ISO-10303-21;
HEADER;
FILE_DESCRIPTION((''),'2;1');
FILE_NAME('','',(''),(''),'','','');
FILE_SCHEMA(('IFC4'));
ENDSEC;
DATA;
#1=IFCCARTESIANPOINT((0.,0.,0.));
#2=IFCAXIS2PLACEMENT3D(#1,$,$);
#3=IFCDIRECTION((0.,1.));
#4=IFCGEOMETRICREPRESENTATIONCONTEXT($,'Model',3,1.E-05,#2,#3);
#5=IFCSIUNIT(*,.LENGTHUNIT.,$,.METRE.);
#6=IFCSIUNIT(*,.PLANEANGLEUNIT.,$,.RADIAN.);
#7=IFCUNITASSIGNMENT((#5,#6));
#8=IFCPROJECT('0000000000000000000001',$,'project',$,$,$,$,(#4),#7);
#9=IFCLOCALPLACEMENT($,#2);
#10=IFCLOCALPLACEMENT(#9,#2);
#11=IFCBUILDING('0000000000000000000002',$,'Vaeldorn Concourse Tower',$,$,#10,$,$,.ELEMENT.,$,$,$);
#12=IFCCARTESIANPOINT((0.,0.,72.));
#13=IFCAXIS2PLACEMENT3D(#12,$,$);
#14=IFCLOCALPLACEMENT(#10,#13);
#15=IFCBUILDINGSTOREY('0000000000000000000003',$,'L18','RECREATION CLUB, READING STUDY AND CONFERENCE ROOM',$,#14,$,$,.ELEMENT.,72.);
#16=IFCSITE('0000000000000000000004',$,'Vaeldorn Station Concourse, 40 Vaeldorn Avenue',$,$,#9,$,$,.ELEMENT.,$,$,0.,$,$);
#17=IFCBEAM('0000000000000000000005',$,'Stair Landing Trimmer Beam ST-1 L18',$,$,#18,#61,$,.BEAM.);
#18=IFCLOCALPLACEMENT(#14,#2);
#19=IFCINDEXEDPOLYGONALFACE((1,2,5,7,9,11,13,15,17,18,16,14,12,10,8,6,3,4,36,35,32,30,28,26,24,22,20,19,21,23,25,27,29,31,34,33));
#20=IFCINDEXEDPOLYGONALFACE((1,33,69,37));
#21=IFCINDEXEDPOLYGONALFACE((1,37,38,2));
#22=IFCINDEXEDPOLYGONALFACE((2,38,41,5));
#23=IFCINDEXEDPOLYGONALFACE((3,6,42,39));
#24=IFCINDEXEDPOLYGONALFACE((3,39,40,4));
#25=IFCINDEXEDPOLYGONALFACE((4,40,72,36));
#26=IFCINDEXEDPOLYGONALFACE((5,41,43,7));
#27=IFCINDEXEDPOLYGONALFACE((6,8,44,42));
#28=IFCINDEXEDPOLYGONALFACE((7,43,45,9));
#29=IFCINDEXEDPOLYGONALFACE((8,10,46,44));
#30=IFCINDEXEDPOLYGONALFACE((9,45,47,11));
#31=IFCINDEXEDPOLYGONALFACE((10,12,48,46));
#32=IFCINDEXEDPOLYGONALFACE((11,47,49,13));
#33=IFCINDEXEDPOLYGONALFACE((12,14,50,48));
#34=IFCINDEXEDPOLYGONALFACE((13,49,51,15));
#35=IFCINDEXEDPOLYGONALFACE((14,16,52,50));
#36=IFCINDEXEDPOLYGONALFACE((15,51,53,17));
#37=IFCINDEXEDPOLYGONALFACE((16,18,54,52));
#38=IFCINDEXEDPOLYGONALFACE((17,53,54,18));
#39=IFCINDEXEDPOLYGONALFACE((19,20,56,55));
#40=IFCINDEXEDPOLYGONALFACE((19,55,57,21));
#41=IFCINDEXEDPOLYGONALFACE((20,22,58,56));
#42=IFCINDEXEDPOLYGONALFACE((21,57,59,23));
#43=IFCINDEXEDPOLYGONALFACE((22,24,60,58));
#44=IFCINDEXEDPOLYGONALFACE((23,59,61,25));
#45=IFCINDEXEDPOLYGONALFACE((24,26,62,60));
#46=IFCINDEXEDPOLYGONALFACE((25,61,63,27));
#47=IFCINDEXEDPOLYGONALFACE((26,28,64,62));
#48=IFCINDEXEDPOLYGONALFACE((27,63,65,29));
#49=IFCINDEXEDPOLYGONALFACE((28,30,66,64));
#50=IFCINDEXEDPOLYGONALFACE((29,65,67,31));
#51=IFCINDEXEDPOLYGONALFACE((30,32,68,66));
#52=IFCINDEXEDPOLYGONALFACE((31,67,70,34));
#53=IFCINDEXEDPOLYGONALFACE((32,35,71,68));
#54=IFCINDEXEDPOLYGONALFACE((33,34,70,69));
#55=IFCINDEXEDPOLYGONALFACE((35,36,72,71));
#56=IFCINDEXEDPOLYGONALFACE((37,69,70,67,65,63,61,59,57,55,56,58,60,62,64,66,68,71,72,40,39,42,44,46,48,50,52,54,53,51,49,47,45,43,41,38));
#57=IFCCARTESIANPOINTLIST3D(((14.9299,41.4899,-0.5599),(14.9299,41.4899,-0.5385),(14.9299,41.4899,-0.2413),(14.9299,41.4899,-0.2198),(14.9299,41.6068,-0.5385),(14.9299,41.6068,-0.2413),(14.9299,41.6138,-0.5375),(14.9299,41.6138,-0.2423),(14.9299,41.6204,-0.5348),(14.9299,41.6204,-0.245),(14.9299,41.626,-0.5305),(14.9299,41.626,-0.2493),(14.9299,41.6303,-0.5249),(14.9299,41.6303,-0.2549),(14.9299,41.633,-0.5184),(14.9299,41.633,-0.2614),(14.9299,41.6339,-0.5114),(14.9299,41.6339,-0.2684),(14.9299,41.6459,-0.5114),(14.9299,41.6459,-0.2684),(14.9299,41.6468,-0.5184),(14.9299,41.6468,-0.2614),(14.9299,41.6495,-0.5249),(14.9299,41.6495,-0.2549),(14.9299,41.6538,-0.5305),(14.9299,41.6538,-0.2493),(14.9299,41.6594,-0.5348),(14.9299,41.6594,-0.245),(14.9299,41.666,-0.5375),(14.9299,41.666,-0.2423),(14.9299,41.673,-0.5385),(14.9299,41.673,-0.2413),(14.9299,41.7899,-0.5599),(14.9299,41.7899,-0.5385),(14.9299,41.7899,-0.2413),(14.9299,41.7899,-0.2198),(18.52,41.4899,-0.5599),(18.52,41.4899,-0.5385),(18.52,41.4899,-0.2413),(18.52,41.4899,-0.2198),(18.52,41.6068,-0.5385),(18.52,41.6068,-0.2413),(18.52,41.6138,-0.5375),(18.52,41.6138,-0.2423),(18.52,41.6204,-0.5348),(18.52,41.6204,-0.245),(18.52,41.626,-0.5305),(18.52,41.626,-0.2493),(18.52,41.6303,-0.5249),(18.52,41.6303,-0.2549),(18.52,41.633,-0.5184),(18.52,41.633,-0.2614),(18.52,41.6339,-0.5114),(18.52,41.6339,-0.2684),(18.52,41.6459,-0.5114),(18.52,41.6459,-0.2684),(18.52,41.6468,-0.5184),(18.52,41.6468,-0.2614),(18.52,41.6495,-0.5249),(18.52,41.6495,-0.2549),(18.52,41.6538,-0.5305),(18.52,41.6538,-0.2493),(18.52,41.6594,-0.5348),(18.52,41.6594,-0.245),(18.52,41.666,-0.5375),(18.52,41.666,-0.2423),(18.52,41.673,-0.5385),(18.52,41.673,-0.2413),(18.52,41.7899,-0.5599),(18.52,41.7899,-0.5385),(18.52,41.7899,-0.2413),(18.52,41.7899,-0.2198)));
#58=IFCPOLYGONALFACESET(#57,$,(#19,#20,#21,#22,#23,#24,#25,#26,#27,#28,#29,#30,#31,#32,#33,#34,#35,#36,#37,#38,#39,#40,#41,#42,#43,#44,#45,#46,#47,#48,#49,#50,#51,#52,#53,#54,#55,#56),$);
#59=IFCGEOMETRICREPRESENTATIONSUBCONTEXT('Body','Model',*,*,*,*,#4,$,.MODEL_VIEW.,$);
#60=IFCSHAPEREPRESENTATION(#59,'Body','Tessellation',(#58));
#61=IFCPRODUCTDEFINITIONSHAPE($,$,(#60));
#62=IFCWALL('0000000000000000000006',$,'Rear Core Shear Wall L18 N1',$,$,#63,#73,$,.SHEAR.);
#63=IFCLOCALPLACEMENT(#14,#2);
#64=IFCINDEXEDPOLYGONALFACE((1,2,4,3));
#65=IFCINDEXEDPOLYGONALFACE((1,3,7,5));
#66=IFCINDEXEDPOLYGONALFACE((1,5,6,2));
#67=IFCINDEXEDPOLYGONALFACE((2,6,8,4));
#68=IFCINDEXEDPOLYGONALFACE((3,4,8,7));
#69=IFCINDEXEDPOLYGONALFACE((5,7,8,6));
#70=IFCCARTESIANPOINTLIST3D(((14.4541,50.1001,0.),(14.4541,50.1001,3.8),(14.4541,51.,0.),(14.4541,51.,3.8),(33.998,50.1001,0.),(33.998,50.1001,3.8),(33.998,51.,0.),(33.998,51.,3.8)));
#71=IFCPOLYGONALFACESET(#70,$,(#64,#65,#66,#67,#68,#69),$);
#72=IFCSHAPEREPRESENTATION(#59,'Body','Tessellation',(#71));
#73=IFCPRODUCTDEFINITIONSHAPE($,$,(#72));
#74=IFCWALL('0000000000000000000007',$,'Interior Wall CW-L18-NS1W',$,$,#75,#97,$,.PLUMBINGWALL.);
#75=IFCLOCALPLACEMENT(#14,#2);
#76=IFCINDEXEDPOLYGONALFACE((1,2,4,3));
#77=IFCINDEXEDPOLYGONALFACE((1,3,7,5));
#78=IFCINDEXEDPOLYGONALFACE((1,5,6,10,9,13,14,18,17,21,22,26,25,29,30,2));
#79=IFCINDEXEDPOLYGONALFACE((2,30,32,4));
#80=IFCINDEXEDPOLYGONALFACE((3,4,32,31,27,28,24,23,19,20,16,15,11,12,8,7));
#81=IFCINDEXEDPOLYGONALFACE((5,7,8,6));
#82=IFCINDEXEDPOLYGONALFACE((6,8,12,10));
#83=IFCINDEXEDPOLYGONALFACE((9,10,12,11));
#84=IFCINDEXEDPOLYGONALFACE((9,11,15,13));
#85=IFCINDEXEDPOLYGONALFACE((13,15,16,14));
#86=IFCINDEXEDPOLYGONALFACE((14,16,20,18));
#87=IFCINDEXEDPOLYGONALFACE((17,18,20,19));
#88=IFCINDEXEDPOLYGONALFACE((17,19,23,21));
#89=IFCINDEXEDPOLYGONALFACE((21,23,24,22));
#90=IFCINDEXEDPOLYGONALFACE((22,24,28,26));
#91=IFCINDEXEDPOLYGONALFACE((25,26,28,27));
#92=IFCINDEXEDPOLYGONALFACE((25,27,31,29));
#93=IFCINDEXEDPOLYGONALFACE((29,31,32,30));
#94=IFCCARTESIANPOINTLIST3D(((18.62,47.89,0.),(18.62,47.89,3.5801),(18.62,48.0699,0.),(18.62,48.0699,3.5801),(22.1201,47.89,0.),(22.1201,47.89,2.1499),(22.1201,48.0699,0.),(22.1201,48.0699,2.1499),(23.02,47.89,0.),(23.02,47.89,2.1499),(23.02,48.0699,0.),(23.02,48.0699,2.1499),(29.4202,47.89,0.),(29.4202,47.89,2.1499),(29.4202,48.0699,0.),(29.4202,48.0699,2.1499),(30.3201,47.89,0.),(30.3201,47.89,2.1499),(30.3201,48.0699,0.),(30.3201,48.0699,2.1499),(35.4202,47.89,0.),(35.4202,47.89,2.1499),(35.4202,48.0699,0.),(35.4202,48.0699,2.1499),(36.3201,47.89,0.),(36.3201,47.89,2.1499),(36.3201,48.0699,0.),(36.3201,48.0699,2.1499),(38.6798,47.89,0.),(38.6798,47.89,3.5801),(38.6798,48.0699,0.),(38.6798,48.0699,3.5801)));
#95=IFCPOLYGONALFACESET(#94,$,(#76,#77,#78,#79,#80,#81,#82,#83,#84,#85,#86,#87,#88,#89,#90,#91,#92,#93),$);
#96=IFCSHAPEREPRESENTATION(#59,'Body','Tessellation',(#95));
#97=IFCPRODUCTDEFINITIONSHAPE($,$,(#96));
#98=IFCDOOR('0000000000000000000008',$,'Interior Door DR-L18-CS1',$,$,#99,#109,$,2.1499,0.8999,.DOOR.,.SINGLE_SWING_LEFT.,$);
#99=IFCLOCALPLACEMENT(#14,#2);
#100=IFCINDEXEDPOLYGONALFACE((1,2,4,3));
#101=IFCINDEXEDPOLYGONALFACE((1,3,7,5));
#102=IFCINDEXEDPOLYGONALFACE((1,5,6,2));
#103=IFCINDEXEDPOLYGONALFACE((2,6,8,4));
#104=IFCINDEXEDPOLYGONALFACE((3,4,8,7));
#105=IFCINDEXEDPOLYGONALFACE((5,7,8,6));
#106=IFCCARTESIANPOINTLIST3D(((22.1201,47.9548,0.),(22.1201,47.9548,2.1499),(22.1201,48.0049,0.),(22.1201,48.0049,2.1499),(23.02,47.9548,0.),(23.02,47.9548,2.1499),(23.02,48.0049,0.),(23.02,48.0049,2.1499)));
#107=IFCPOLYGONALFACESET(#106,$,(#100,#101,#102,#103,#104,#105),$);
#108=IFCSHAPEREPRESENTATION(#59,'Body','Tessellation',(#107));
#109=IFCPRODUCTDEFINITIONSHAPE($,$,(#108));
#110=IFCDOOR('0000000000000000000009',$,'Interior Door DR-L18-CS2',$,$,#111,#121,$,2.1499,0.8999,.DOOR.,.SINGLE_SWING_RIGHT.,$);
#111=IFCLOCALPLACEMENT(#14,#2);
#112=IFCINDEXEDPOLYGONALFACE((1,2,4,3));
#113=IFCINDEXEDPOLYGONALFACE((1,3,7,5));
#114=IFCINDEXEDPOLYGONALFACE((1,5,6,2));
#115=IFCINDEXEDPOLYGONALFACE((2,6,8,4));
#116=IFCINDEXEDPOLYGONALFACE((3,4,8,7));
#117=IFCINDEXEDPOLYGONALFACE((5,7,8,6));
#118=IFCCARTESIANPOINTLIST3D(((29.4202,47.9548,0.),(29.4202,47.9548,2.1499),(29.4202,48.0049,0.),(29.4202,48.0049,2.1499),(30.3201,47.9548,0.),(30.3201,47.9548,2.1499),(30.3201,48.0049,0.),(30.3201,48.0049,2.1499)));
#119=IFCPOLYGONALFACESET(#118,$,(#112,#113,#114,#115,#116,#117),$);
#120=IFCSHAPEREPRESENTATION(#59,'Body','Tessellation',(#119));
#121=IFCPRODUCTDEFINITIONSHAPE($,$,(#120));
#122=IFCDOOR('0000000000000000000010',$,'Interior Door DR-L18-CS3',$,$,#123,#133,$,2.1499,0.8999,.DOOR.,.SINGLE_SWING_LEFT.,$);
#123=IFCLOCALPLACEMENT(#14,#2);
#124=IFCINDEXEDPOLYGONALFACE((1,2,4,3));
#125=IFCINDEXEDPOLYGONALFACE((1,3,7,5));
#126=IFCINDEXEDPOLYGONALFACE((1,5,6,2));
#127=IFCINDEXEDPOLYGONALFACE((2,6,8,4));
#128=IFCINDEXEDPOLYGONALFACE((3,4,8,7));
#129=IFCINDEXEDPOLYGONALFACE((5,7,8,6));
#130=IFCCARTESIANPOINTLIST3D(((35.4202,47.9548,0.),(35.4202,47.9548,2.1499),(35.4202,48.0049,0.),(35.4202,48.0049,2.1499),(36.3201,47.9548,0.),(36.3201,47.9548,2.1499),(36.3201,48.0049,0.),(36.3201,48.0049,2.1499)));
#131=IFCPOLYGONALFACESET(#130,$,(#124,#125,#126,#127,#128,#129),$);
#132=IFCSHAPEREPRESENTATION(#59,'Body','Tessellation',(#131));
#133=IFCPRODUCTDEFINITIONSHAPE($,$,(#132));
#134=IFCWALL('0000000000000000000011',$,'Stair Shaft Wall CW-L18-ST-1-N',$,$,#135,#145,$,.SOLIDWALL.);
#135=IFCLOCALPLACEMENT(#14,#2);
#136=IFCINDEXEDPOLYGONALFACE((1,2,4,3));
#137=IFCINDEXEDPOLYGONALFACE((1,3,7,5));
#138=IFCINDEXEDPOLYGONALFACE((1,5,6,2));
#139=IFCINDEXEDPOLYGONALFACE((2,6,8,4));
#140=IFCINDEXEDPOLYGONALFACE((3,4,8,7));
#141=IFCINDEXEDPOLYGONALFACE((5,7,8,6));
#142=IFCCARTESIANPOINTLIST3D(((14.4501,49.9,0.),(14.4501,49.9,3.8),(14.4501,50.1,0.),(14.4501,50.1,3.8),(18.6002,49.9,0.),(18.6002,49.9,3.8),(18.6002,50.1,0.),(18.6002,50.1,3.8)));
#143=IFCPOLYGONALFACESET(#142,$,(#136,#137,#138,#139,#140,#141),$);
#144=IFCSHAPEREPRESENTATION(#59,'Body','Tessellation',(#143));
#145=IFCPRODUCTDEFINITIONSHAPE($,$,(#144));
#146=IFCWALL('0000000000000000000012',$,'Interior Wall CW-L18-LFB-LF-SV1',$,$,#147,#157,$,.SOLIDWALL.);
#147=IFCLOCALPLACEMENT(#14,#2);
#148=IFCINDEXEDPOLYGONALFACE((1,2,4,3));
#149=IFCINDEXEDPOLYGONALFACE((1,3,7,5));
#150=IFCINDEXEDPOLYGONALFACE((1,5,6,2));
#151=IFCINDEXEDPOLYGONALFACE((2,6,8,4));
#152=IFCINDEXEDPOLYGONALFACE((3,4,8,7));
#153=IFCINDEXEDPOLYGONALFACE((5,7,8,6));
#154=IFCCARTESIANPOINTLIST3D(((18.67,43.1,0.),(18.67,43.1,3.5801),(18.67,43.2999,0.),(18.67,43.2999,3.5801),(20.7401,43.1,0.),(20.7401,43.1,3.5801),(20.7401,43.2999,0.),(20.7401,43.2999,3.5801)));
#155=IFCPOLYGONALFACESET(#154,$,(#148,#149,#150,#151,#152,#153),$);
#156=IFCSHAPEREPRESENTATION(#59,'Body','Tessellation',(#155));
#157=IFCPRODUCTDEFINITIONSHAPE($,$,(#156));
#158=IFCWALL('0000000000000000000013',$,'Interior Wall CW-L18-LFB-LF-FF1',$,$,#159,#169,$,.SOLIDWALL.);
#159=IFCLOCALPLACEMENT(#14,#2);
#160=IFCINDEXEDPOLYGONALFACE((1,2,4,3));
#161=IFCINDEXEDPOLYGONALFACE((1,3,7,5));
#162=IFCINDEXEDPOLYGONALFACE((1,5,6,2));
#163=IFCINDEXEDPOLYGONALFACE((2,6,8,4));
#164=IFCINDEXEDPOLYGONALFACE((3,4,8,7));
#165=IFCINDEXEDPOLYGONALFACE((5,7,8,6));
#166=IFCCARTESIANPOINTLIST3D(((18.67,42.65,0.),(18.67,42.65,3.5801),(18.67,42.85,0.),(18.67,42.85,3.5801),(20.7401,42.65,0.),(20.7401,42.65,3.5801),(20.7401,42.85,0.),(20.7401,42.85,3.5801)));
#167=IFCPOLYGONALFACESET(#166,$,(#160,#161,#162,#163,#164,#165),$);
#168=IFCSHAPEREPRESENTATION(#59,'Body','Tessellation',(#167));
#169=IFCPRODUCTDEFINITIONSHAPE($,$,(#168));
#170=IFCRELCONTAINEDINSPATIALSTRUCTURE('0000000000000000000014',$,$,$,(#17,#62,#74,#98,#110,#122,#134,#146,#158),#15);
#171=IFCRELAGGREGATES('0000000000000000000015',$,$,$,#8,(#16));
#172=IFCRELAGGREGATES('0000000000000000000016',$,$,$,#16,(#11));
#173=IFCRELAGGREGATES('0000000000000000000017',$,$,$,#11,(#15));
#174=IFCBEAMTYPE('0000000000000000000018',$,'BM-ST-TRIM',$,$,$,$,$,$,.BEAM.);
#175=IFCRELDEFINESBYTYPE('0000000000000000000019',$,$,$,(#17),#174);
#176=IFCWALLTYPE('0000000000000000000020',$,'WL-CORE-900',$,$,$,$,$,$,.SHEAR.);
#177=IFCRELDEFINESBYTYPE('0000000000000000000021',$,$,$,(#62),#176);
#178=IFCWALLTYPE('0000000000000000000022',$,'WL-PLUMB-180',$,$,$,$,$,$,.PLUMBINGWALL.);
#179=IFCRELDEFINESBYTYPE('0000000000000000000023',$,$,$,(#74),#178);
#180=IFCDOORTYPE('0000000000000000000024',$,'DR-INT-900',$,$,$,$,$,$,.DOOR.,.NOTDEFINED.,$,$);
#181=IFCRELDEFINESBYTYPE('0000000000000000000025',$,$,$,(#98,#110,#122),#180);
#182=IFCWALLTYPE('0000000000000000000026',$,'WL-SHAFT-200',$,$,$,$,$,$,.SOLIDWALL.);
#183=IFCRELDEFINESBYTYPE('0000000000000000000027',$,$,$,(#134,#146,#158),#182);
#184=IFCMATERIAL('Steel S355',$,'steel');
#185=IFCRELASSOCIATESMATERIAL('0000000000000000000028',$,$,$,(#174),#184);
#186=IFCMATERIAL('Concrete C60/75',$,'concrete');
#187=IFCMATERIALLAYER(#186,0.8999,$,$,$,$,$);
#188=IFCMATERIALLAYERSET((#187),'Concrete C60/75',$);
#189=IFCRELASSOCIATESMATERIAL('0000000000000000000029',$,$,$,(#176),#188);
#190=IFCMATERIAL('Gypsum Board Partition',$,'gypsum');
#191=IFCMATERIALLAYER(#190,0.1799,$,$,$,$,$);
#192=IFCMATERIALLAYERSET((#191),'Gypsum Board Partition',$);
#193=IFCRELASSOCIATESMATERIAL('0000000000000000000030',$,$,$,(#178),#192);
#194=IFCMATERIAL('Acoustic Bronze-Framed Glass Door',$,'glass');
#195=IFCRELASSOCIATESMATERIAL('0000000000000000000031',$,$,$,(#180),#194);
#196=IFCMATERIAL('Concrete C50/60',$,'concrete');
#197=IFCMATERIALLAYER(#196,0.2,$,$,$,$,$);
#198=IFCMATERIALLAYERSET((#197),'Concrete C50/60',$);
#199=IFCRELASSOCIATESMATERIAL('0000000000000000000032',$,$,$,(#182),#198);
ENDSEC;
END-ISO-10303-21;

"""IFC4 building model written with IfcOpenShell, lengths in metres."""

from ifc_helpers import new_model, si_unit, direction, frame, frame_2d, origin, origin_2d, place, context, subcontext, project, spatial, rectangle, i_section, extrude, source, transform, mapped, material, layer, layer_set, material_profile, profile_set, type_object, element, fill, save


model = new_model("IFC4")

# Units and contexts
model_context = context("Model", 3, precision=1e-05, world=origin(), true_north=direction((0.0, 1.0)))
body_context = subcontext(model_context, "Body", "Model", "MODEL_VIEW")
ifc_project = project(units=[si_unit("LENGTHUNIT", "METRE"), si_unit("PLANEANGLEUNIT", "RADIAN")], contexts=[model_context])

# Site, building, storey
site_placement = place(None, origin())
site = spatial("IfcSite", under=ifc_project, at=site_placement, Name="Vaeldorn Station Concourse, 40 Vaeldorn Avenue", CompositionType="ELEMENT", RefElevation=0.0)
building_placement = place(site_placement, origin())
building = spatial("IfcBuilding", under=site, at=building_placement, Name="Vaeldorn Concourse Tower", CompositionType="ELEMENT")
storey_placement = place(building_placement, frame((0.0, 0.0, 72.0)))
storey = spatial("IfcBuildingStorey", under=building, at=storey_placement, Name="L18", Description="RECREATION CLUB, READING STUDY AND CONFERENCE ROOM", CompositionType="ELEMENT", Elevation=72.0)

# Beam
ifc_material_1 = material(Name="Steel S355", Category="steel")
ifc_material_profile = material_profile(ifc_material_1, i_section(OverallWidth=0.3, OverallDepth=0.3401, WebThickness=0.012, FlangeThickness=0.0215, FilletRadius=0.0271, at=origin_2d()), Name="HEB 340")
ifc_profile_set = profile_set([ifc_material_profile], Name="Steel S355")
beam_type = type_object("IfcBeamType", Name="BM-ST-TRIM", PredefinedType="BEAM", material=ifc_profile_set)
shared_shape_1 = source(origin(), body_context, "Body", "SweptSolid", [
    extrude(i_section(OverallWidth=0.3, OverallDepth=0.3401, WebThickness=0.012, FlangeThickness=0.0215, FilletRadius=0.0271, at=origin_2d()), origin(), (0.0, 0.0, 1.0), 3.5901),
])
beam_placement = place(storey_placement, frame((14.9299, 41.6399, -0.3899), z_axis=(1.0, 0.0, 0.0), x_axis=(0.0, 1.0, 0.0)))
element("IfcBeam", 1, at=beam_placement, inside=storey, type_object=beam_type, Name="Stair Landing Trimmer Beam ST-1 L18", PredefinedType="BEAM", context=body_context, shape_type="MappedRepresentation", body=[
    mapped(shared_shape_1, transform((0.0, 0.0, 0.0), scale=1.0)),
])

# Wall
ifc_material_2 = material(Name="Concrete C60/75", Category="concrete")
ifc_layer_1 = layer(ifc_material_2, 0.8999)
ifc_layer_set_1 = layer_set([ifc_layer_1], Name="Concrete C60/75")
wall_type_1 = type_object("IfcWallType", Name="WL-CORE-900", PredefinedType="SHEAR", material=ifc_layer_set_1)
wall_1_placement = place(storey_placement, frame((14.4541, 50.55, 0.0), z_axis=(0.0, 0.0, 1.0), x_axis=(1.0, 0.0, 0.0)))
element("IfcWall", 2, at=wall_1_placement, inside=storey, type_object=wall_type_1, Name="Rear Core Shear Wall L18 N1", PredefinedType="SHEAR", context=body_context, shape_type="SweptSolid", body=[
    extrude(rectangle(XDim=19.5439, YDim=0.8999, at=frame_2d((9.772, 0.0))), origin(), (0.0, 0.0, 1.0), 3.8),
])

# Wall, openings, doors
ifc_material_3 = material(Name="Gypsum Board Partition", Category="gypsum")
ifc_layer_2 = layer(ifc_material_3, 0.1799)
ifc_layer_set_2 = layer_set([ifc_layer_2], Name="Gypsum Board Partition")
wall_type_2 = type_object("IfcWallType", Name="WL-PLUMB-180", PredefinedType="PLUMBINGWALL", material=ifc_layer_set_2)
wall_2_placement = place(storey_placement, frame((18.6201, 47.98, 0.0), z_axis=(0.0, 0.0, 1.0), x_axis=(1.0, 0.0, 0.0)))
wall_2 = element("IfcWall", 3, at=wall_2_placement, inside=storey, type_object=wall_type_2, Name="Interior Wall CW-L18-NS1W", PredefinedType="PLUMBINGWALL", context=body_context, shape_type="SweptSolid", body=[
    extrude(rectangle(XDim=20.0598, YDim=0.1799, at=frame_2d((10.0298, 0.0))), origin(), (0.0, 0.0, 1.0), 3.5801),
])
opening_1_placement = place(wall_2_placement, frame((3.5, 0.0, 0.0)))
opening_1 = element("IfcOpeningElement", 4, at=opening_1_placement, cuts=wall_2, PredefinedType="OPENING", context=body_context, shape_type="SweptSolid", body=[
    extrude(rectangle(XDim=0.8999, YDim=2.1499, at=frame_2d((0.45, 1.075))), frame((0.0, 0.1001, 0.0), z_axis=(0.0, -1.0, 0.0), x_axis=(1.0, 0.0, 0.0)), (0.0, 0.0, 1.0), 0.2),
])
opening_2_placement = place(wall_2_placement, frame((10.8, 0.0, 0.0)))
opening_2 = element("IfcOpeningElement", 5, at=opening_2_placement, cuts=wall_2, PredefinedType="OPENING", context=body_context, shape_type="SweptSolid", body=[
    extrude(rectangle(XDim=0.8999, YDim=2.1499, at=frame_2d((0.45, 1.075))), frame((0.0, 0.1001, 0.0), z_axis=(0.0, -1.0, 0.0), x_axis=(1.0, 0.0, 0.0)), (0.0, 0.0, 1.0), 0.2),
])
opening_3_placement = place(wall_2_placement, frame((16.8, 0.0, 0.0)))
opening_3 = element("IfcOpeningElement", 6, at=opening_3_placement, cuts=wall_2, PredefinedType="OPENING", context=body_context, shape_type="SweptSolid", body=[
    extrude(rectangle(XDim=0.8999, YDim=2.1499, at=frame_2d((0.45, 1.075))), frame((0.0, 0.1001, 0.0), z_axis=(0.0, -1.0, 0.0), x_axis=(1.0, 0.0, 0.0)), (0.0, 0.0, 1.0), 0.2),
])
ifc_material_4 = material(Name="Acoustic Bronze-Framed Glass Door", Category="glass")
door_type_1 = type_object("IfcDoorType", Name="DR-INT-900", OperationType="NOTDEFINED", PredefinedType="DOOR", material=ifc_material_4)
shared_shape_2 = source(origin(), body_context, "Body", "SweptSolid", [
    extrude(rectangle(XDim=0.8999, YDim=2.1499, at=frame_2d((0.45, 1.075))), frame((0.0, 0.0249, 0.0), z_axis=(0.0, -1.0, 0.0), x_axis=(1.0, 0.0, 0.0)), (0.0, 0.0, 1.0), 0.05),
])
door_1_placement = place(opening_1_placement, origin())
door_1 = element("IfcDoor", 7, at=door_1_placement, inside=storey, type_object=door_type_1, Name="Interior Door DR-L18-CS1", OperationType="SINGLE_SWING_LEFT", OverallHeight=2.1499, OverallWidth=0.8999, PredefinedType="DOOR", context=body_context, shape_type="MappedRepresentation", body=[
    mapped(shared_shape_2, transform((0.0, 0.0, 0.0), scale=1.0)),
])
fill(opening_1, door_1)
door_2_placement = place(opening_2_placement, origin())
door_2 = element("IfcDoor", 8, at=door_2_placement, inside=storey, type_object=door_type_1, Name="Interior Door DR-L18-CS2", OperationType="SINGLE_SWING_RIGHT", OverallHeight=2.1499, OverallWidth=0.8999, PredefinedType="DOOR", context=body_context, shape_type="MappedRepresentation", body=[
    mapped(shared_shape_2, transform((0.0, 0.0, 0.0), scale=1.0)),
])
fill(opening_2, door_2)
door_3_placement = place(opening_3_placement, origin())
door_3 = element("IfcDoor", 9, at=door_3_placement, inside=storey, type_object=door_type_1, Name="Interior Door DR-L18-CS3", OperationType="SINGLE_SWING_LEFT", OverallHeight=2.1499, OverallWidth=0.8999, PredefinedType="DOOR", context=body_context, shape_type="MappedRepresentation", body=[
    mapped(shared_shape_2, transform((0.0, 0.0, 0.0), scale=1.0)),
])
fill(opening_3, door_3)

# Wall
ifc_material_5 = material(Name="Concrete C50/60", Category="concrete")
ifc_layer_3 = layer(ifc_material_5, 0.2)
ifc_layer_set_3 = layer_set([ifc_layer_3], Name="Concrete C50/60")
wall_type_3 = type_object("IfcWallType", Name="WL-SHAFT-200", PredefinedType="SOLIDWALL", material=ifc_layer_set_3)
wall_3_placement = place(storey_placement, frame((14.45, 50.0, 0.0), z_axis=(0.0, 0.0, 1.0), x_axis=(1.0, 0.0, 0.0)))
element("IfcWall", 10, at=wall_3_placement, inside=storey, type_object=wall_type_3, Name="Stair Shaft Wall CW-L18-ST-1-N", PredefinedType="SOLIDWALL", context=body_context, shape_type="SweptSolid", body=[
    extrude(rectangle(XDim=4.1501, YDim=0.2, at=frame_2d((2.0752, 0.0))), origin(), (0.0, 0.0, 1.0), 3.8),
])

# Walls
for number, where, z_axis, x_axis, name in (
    (11, (18.6699, 43.2, 0.0), (0.0, 0.0, 1.0), (1.0, 0.0, 0.0), "Interior Wall CW-L18-LFB-LF-SV1"),
    (12, (18.6699, 42.75, 0.0), (0.0, 0.0, 1.0), (1.0, 0.0, 0.0), "Interior Wall CW-L18-LFB-LF-FF1"),
):
    element("IfcWall", number, at=place(storey_placement, frame(where, z_axis=z_axis, x_axis=x_axis)), inside=storey, type_object=wall_type_3, Name=name, PredefinedType="SOLIDWALL", context=body_context, shape_type="SweptSolid", body=[
        extrude(rectangle(XDim=2.0701, YDim=0.2, at=frame_2d((1.0352, 0.0))), origin(), (0.0, 0.0, 1.0), 3.5801),
    ])

save(model, "model.ifc")
